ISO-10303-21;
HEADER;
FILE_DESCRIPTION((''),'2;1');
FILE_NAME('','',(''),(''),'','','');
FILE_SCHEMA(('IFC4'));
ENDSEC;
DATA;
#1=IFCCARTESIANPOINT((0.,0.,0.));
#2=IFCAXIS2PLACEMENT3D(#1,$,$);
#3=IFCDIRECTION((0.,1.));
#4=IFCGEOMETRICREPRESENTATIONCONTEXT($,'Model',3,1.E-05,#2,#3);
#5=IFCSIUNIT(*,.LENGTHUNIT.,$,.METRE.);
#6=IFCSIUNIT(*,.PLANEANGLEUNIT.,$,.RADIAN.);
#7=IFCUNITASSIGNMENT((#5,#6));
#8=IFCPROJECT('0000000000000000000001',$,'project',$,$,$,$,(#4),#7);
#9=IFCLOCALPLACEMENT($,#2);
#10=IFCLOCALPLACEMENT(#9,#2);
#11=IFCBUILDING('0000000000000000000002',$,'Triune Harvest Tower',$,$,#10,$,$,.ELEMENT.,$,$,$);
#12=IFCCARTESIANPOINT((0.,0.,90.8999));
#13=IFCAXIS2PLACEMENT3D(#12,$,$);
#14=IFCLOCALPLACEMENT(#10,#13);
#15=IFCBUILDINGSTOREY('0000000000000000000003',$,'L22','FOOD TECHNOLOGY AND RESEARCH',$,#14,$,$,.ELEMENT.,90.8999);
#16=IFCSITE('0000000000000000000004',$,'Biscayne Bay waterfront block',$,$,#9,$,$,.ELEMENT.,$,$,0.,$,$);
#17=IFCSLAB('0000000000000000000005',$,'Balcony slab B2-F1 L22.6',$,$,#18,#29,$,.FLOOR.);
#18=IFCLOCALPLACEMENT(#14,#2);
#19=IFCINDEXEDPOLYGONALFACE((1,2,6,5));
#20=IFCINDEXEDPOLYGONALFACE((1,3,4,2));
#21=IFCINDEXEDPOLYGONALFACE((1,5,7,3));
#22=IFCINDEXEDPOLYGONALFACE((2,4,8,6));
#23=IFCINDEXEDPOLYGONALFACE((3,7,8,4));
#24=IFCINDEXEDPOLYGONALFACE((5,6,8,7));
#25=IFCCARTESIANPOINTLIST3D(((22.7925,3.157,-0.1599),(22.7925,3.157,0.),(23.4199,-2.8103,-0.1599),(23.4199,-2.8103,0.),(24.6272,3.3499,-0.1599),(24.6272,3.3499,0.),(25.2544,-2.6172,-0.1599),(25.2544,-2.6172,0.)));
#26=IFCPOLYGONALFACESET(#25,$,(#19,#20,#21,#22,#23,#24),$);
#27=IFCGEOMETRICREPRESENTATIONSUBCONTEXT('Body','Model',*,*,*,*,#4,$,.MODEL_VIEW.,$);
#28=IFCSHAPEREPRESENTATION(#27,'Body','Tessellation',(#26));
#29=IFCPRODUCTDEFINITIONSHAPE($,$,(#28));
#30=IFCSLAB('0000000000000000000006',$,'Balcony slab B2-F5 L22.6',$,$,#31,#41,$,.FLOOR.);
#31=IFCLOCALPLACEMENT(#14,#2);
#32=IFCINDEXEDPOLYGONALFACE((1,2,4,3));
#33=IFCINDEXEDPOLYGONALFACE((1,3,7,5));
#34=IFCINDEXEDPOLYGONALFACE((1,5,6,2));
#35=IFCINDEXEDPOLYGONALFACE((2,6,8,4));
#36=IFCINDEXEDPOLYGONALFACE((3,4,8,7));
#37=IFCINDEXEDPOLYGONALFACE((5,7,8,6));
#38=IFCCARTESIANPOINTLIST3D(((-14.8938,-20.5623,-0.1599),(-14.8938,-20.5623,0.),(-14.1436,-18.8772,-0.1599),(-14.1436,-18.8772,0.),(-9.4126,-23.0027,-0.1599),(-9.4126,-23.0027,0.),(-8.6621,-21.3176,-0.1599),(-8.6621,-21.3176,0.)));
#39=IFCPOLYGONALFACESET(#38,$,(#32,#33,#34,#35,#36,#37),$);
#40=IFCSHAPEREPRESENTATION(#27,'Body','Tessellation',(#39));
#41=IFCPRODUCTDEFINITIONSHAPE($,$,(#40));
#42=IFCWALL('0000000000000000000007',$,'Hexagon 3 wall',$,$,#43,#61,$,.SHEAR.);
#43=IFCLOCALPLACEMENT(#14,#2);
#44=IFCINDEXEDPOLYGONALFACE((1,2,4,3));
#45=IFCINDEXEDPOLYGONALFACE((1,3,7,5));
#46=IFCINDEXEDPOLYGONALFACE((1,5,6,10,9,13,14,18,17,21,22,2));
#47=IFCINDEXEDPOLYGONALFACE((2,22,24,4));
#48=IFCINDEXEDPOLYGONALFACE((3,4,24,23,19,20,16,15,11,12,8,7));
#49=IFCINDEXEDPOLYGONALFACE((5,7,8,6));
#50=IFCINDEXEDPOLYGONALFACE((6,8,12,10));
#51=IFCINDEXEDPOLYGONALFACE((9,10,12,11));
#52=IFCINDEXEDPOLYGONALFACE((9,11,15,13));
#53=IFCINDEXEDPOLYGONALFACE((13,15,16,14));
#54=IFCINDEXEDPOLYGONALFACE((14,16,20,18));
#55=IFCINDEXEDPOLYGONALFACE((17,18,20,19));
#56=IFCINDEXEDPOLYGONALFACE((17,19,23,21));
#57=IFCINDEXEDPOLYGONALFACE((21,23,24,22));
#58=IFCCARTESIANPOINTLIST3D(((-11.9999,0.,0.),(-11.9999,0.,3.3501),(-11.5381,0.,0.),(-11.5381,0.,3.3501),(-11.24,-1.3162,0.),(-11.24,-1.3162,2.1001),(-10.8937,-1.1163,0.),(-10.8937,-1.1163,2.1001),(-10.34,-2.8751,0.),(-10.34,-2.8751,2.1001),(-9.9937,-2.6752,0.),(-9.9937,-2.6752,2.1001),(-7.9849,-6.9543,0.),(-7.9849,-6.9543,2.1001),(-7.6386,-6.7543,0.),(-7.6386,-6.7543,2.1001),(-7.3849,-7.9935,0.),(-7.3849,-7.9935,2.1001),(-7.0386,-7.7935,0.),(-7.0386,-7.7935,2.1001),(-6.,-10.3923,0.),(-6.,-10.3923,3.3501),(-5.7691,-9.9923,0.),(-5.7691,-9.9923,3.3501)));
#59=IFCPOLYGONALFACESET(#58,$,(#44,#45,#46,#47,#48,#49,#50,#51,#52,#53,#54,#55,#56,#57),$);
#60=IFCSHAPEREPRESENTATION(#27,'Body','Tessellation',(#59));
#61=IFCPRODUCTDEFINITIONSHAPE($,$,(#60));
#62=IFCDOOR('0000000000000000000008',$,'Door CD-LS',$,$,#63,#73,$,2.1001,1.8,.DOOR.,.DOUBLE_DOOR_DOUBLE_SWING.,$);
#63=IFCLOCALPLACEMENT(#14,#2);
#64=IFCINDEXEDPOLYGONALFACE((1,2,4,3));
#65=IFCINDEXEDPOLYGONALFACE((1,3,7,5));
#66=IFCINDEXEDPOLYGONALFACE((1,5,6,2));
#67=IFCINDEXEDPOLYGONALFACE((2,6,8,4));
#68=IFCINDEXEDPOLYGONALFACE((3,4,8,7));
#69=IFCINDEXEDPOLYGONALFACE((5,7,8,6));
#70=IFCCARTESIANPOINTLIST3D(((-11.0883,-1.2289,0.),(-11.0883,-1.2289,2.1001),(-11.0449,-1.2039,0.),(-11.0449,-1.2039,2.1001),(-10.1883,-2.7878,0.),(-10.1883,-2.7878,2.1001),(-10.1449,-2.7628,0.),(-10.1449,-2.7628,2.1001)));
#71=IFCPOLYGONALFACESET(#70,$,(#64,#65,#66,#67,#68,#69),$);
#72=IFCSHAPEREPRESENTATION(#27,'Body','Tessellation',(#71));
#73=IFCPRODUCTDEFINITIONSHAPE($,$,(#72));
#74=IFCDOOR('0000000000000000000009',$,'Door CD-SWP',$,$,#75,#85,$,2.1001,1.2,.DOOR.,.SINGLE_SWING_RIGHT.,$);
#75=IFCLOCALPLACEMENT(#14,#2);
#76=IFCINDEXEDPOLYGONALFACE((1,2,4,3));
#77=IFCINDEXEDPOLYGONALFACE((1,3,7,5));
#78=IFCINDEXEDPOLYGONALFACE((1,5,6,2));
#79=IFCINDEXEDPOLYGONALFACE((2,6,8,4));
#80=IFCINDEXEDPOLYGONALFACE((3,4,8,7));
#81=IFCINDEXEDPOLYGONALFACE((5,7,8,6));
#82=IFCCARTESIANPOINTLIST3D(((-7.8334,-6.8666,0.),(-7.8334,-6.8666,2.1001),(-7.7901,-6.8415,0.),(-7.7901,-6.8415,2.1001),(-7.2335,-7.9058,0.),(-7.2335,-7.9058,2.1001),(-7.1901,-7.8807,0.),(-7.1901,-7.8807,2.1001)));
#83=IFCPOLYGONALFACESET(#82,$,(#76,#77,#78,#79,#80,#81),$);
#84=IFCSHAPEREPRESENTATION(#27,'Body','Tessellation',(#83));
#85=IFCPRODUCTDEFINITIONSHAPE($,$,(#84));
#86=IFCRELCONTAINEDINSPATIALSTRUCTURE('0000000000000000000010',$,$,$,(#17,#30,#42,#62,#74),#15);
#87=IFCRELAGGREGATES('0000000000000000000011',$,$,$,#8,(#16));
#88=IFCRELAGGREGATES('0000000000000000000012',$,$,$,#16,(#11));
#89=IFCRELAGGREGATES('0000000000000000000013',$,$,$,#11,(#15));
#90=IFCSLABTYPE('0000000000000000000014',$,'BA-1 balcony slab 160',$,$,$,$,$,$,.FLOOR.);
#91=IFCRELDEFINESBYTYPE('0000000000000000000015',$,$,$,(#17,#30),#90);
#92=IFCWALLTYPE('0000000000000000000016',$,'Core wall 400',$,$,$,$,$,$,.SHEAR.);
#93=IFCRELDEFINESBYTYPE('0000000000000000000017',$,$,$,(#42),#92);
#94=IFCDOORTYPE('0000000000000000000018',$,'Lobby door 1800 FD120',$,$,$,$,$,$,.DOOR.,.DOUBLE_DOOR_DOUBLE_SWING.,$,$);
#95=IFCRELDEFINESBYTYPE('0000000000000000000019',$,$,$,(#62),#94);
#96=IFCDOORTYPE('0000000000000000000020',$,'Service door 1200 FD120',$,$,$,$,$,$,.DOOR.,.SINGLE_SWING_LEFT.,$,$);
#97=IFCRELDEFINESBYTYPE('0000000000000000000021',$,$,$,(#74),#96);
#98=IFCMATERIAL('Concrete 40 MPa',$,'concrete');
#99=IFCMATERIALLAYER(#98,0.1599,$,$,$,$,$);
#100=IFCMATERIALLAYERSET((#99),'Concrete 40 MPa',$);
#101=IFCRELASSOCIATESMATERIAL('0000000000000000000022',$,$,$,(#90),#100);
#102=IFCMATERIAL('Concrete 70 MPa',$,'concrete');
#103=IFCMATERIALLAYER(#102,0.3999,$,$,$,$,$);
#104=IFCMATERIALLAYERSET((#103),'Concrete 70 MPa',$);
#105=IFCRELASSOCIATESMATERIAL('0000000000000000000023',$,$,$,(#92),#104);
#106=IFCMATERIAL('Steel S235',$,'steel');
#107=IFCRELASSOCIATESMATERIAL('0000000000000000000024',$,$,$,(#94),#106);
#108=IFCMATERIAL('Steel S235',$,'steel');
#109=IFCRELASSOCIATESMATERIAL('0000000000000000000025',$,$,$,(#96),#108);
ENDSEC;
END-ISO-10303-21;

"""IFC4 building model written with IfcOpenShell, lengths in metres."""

from ifc_helpers import new_model, si_unit, direction, frame, frame_2d, origin, place, context, subcontext, project, spatial, polyline, rectangle, outline, extrude, source, transform, mapped, material, layer, layer_set, type_object, element, fill, save


model = new_model("IFC4")

# Units and contexts
model_context = context("Model", 3, precision=1e-05, world=origin(), true_north=direction((0.0, 1.0)))
body_context = subcontext(model_context, "Body", "Model", "MODEL_VIEW")
ifc_project = project(units=[si_unit("LENGTHUNIT", "METRE"), si_unit("PLANEANGLEUNIT", "RADIAN")], contexts=[model_context])

# Site, building, storey
site_placement = place(None, origin())
site = spatial("IfcSite", under=ifc_project, at=site_placement, Name="Biscayne Bay waterfront block", CompositionType="ELEMENT", RefElevation=0.0)
building_placement = place(site_placement, origin())
building = spatial("IfcBuilding", under=site, at=building_placement, Name="Triune Harvest Tower", CompositionType="ELEMENT")
storey_placement = place(building_placement, frame((0.0, 0.0, 90.8999)))
storey = spatial("IfcBuildingStorey", under=building, at=storey_placement, Name="L22", Description="FOOD TECHNOLOGY AND RESEARCH", CompositionType="ELEMENT", Elevation=90.8999)

# Slabs
ifc_material_1 = material(Name="Concrete 40 MPa", Category="concrete")
ifc_layer_1 = layer(ifc_material_1, 0.1599)
ifc_layer_set_1 = layer_set([ifc_layer_1], Name="Concrete 40 MPa")
slab_type_1 = type_object("IfcSlabType", Name="BA-1 balcony slab 160", PredefinedType="FLOOR", material=ifc_layer_set_1)
shared_shape_1 = source(origin(), body_context, "Body", "SweptSolid", [
    extrude(outline(polyline([(23.4199, -2.8103), (22.7925, 3.157), (24.6272, 3.3499), (25.2544, -2.6172), (23.4199, -2.8103)])), origin(), (0.0, 0.0, 1.0), 0.1599),
])
slab_1_placement = place(storey_placement, frame((0.0, 0.0, -0.1599)))
element("IfcSlab", 1, at=slab_1_placement, inside=storey, type_object=slab_type_1, Name="Balcony slab B2-F1 L22.6", PredefinedType="FLOOR", context=body_context, shape_type="MappedRepresentation", body=[
    mapped(shared_shape_1, transform((0.0, 0.0, 0.0), scale=1.0)),
])
shared_shape_2 = source(origin(), body_context, "Body", "SweptSolid", [
    extrude(outline(polyline([(-14.1436, -18.8772), (-8.6621, -21.3176), (-9.4126, -23.0027), (-14.8938, -20.5623), (-14.1436, -18.8772)])), origin(), (0.0, 0.0, 1.0), 0.1599),
])
slab_2_placement = place(storey_placement, frame((0.0, 0.0, -0.1599)))
element("IfcSlab", 2, at=slab_2_placement, inside=storey, type_object=slab_type_1, Name="Balcony slab B2-F5 L22.6", PredefinedType="FLOOR", context=body_context, shape_type="MappedRepresentation", body=[
    mapped(shared_shape_2, transform((0.0, 0.0, 0.0), scale=1.0)),
])

# Wall, openings, doors
ifc_material_2 = material(Name="Concrete 70 MPa", Category="concrete")
ifc_layer_2 = layer(ifc_material_2, 0.3999)
ifc_layer_set_2 = layer_set([ifc_layer_2], Name="Concrete 70 MPa")
wall_type_1 = type_object("IfcWallType", Name="Core wall 400", PredefinedType="SHEAR", material=ifc_layer_set_2)
shared_shape_3 = source(origin(), body_context, "Body", "SweptSolid", [
    extrude(outline(polyline([(-0.1155, -0.2), (11.8845, -0.2), (11.6536, 0.2), (0.1155, 0.2), (-0.1155, -0.2)])), origin(), (0.0, 0.0, 1.0), 3.3501),
])
wall_1_placement = place(storey_placement, frame((-11.769, 0.0, 0.0), z_axis=(0.0, 0.0, 1.0), x_axis=(0.499997, -0.866027, 0.0)))
wall_1 = element("IfcWall", 3, at=wall_1_placement, inside=storey, type_object=wall_type_1, Name="Hexagon 3 wall", PredefinedType="SHEAR", context=body_context, shape_type="MappedRepresentation", body=[
    mapped(shared_shape_3, transform((0.0, 0.0, 0.0), scale=1.0)),
])
opening_1_placement = place(wall_1_placement, frame((1.4045, 0.0, 0.0)))
opening_1 = element("IfcOpeningElement", 4, at=opening_1_placement, cuts=wall_1, PredefinedType="OPENING", context=body_context, shape_type="SweptSolid", body=[
    extrude(rectangle(XDim=1.8, YDim=2.1001, at=frame_2d((0.8999, 1.05))), frame((0.0, 0.21, 0.0), z_axis=(0.0, -1.0, 0.0), x_axis=(1.0, 0.0, 0.0)), (0.0, 0.0, 1.0), 0.4199),
])
opening_2_placement = place(wall_1_placement, frame((7.9146, 0.0, 0.0)))
opening_2 = element("IfcOpeningElement", 5, at=opening_2_placement, cuts=wall_1, PredefinedType="OPENING", context=body_context, shape_type="SweptSolid", body=[
    extrude(rectangle(XDim=1.2, YDim=2.1001, at=frame_2d((0.6001, 1.05))), frame((0.0, 0.21, 0.0), z_axis=(0.0, -1.0, 0.0), x_axis=(1.0, 0.0, 0.0)), (0.0, 0.0, 1.0), 0.4199),
])
ifc_material_3 = material(Name="Steel S235", Category="steel")
door_type_1 = type_object("IfcDoorType", Name="Lobby door 1800 FD120", OperationType="DOUBLE_DOOR_DOUBLE_SWING", PredefinedType="DOOR", material=ifc_material_3)
door_1_placement = place(opening_1_placement, frame((1.8, 0.0, 0.0), z_axis=(0.0, 0.0, 1.0), x_axis=(-1.0, 0.0, 0.0)))
door_1 = element("IfcDoor", 6, at=door_1_placement, inside=storey, type_object=door_type_1, Name="Door CD-LS", OperationType="DOUBLE_DOOR_DOUBLE_SWING", OverallHeight=2.1001, OverallWidth=1.8, PredefinedType="DOOR", context=body_context, shape_type="SweptSolid", body=[
    extrude(rectangle(XDim=1.8, YDim=2.1001, at=frame_2d((0.8999, 1.05))), frame((0.0, 0.0249, 0.0), z_axis=(0.0, -1.0, 0.0), x_axis=(1.0, 0.0, 0.0)), (0.0, 0.0, 1.0), 0.05),
])
fill(opening_1, door_1)
ifc_material_4 = material(Name="Steel S235", Category="steel")
door_type_2 = type_object("IfcDoorType", Name="Service door 1200 FD120", OperationType="SINGLE_SWING_LEFT", PredefinedType="DOOR", material=ifc_material_4)
door_2_placement = place(opening_2_placement, frame((1.2, 0.0, 0.0), z_axis=(0.0, 0.0, 1.0), x_axis=(-1.0, 0.0, 0.0)))
door_2 = element("IfcDoor", 7, at=door_2_placement, inside=storey, type_object=door_type_2, Name="Door CD-SWP", OperationType="SINGLE_SWING_RIGHT", OverallHeight=2.1001, OverallWidth=1.2, PredefinedType="DOOR", context=body_context, shape_type="SweptSolid", body=[
    extrude(rectangle(XDim=1.2, YDim=2.1001, at=frame_2d((0.6001, 1.05))), frame((0.0, 0.0249, 0.0), z_axis=(0.0, -1.0, 0.0), x_axis=(1.0, 0.0, 0.0)), (0.0, 0.0, 1.0), 0.05),
])
fill(opening_2, door_2)

save(model, "model.ifc")
